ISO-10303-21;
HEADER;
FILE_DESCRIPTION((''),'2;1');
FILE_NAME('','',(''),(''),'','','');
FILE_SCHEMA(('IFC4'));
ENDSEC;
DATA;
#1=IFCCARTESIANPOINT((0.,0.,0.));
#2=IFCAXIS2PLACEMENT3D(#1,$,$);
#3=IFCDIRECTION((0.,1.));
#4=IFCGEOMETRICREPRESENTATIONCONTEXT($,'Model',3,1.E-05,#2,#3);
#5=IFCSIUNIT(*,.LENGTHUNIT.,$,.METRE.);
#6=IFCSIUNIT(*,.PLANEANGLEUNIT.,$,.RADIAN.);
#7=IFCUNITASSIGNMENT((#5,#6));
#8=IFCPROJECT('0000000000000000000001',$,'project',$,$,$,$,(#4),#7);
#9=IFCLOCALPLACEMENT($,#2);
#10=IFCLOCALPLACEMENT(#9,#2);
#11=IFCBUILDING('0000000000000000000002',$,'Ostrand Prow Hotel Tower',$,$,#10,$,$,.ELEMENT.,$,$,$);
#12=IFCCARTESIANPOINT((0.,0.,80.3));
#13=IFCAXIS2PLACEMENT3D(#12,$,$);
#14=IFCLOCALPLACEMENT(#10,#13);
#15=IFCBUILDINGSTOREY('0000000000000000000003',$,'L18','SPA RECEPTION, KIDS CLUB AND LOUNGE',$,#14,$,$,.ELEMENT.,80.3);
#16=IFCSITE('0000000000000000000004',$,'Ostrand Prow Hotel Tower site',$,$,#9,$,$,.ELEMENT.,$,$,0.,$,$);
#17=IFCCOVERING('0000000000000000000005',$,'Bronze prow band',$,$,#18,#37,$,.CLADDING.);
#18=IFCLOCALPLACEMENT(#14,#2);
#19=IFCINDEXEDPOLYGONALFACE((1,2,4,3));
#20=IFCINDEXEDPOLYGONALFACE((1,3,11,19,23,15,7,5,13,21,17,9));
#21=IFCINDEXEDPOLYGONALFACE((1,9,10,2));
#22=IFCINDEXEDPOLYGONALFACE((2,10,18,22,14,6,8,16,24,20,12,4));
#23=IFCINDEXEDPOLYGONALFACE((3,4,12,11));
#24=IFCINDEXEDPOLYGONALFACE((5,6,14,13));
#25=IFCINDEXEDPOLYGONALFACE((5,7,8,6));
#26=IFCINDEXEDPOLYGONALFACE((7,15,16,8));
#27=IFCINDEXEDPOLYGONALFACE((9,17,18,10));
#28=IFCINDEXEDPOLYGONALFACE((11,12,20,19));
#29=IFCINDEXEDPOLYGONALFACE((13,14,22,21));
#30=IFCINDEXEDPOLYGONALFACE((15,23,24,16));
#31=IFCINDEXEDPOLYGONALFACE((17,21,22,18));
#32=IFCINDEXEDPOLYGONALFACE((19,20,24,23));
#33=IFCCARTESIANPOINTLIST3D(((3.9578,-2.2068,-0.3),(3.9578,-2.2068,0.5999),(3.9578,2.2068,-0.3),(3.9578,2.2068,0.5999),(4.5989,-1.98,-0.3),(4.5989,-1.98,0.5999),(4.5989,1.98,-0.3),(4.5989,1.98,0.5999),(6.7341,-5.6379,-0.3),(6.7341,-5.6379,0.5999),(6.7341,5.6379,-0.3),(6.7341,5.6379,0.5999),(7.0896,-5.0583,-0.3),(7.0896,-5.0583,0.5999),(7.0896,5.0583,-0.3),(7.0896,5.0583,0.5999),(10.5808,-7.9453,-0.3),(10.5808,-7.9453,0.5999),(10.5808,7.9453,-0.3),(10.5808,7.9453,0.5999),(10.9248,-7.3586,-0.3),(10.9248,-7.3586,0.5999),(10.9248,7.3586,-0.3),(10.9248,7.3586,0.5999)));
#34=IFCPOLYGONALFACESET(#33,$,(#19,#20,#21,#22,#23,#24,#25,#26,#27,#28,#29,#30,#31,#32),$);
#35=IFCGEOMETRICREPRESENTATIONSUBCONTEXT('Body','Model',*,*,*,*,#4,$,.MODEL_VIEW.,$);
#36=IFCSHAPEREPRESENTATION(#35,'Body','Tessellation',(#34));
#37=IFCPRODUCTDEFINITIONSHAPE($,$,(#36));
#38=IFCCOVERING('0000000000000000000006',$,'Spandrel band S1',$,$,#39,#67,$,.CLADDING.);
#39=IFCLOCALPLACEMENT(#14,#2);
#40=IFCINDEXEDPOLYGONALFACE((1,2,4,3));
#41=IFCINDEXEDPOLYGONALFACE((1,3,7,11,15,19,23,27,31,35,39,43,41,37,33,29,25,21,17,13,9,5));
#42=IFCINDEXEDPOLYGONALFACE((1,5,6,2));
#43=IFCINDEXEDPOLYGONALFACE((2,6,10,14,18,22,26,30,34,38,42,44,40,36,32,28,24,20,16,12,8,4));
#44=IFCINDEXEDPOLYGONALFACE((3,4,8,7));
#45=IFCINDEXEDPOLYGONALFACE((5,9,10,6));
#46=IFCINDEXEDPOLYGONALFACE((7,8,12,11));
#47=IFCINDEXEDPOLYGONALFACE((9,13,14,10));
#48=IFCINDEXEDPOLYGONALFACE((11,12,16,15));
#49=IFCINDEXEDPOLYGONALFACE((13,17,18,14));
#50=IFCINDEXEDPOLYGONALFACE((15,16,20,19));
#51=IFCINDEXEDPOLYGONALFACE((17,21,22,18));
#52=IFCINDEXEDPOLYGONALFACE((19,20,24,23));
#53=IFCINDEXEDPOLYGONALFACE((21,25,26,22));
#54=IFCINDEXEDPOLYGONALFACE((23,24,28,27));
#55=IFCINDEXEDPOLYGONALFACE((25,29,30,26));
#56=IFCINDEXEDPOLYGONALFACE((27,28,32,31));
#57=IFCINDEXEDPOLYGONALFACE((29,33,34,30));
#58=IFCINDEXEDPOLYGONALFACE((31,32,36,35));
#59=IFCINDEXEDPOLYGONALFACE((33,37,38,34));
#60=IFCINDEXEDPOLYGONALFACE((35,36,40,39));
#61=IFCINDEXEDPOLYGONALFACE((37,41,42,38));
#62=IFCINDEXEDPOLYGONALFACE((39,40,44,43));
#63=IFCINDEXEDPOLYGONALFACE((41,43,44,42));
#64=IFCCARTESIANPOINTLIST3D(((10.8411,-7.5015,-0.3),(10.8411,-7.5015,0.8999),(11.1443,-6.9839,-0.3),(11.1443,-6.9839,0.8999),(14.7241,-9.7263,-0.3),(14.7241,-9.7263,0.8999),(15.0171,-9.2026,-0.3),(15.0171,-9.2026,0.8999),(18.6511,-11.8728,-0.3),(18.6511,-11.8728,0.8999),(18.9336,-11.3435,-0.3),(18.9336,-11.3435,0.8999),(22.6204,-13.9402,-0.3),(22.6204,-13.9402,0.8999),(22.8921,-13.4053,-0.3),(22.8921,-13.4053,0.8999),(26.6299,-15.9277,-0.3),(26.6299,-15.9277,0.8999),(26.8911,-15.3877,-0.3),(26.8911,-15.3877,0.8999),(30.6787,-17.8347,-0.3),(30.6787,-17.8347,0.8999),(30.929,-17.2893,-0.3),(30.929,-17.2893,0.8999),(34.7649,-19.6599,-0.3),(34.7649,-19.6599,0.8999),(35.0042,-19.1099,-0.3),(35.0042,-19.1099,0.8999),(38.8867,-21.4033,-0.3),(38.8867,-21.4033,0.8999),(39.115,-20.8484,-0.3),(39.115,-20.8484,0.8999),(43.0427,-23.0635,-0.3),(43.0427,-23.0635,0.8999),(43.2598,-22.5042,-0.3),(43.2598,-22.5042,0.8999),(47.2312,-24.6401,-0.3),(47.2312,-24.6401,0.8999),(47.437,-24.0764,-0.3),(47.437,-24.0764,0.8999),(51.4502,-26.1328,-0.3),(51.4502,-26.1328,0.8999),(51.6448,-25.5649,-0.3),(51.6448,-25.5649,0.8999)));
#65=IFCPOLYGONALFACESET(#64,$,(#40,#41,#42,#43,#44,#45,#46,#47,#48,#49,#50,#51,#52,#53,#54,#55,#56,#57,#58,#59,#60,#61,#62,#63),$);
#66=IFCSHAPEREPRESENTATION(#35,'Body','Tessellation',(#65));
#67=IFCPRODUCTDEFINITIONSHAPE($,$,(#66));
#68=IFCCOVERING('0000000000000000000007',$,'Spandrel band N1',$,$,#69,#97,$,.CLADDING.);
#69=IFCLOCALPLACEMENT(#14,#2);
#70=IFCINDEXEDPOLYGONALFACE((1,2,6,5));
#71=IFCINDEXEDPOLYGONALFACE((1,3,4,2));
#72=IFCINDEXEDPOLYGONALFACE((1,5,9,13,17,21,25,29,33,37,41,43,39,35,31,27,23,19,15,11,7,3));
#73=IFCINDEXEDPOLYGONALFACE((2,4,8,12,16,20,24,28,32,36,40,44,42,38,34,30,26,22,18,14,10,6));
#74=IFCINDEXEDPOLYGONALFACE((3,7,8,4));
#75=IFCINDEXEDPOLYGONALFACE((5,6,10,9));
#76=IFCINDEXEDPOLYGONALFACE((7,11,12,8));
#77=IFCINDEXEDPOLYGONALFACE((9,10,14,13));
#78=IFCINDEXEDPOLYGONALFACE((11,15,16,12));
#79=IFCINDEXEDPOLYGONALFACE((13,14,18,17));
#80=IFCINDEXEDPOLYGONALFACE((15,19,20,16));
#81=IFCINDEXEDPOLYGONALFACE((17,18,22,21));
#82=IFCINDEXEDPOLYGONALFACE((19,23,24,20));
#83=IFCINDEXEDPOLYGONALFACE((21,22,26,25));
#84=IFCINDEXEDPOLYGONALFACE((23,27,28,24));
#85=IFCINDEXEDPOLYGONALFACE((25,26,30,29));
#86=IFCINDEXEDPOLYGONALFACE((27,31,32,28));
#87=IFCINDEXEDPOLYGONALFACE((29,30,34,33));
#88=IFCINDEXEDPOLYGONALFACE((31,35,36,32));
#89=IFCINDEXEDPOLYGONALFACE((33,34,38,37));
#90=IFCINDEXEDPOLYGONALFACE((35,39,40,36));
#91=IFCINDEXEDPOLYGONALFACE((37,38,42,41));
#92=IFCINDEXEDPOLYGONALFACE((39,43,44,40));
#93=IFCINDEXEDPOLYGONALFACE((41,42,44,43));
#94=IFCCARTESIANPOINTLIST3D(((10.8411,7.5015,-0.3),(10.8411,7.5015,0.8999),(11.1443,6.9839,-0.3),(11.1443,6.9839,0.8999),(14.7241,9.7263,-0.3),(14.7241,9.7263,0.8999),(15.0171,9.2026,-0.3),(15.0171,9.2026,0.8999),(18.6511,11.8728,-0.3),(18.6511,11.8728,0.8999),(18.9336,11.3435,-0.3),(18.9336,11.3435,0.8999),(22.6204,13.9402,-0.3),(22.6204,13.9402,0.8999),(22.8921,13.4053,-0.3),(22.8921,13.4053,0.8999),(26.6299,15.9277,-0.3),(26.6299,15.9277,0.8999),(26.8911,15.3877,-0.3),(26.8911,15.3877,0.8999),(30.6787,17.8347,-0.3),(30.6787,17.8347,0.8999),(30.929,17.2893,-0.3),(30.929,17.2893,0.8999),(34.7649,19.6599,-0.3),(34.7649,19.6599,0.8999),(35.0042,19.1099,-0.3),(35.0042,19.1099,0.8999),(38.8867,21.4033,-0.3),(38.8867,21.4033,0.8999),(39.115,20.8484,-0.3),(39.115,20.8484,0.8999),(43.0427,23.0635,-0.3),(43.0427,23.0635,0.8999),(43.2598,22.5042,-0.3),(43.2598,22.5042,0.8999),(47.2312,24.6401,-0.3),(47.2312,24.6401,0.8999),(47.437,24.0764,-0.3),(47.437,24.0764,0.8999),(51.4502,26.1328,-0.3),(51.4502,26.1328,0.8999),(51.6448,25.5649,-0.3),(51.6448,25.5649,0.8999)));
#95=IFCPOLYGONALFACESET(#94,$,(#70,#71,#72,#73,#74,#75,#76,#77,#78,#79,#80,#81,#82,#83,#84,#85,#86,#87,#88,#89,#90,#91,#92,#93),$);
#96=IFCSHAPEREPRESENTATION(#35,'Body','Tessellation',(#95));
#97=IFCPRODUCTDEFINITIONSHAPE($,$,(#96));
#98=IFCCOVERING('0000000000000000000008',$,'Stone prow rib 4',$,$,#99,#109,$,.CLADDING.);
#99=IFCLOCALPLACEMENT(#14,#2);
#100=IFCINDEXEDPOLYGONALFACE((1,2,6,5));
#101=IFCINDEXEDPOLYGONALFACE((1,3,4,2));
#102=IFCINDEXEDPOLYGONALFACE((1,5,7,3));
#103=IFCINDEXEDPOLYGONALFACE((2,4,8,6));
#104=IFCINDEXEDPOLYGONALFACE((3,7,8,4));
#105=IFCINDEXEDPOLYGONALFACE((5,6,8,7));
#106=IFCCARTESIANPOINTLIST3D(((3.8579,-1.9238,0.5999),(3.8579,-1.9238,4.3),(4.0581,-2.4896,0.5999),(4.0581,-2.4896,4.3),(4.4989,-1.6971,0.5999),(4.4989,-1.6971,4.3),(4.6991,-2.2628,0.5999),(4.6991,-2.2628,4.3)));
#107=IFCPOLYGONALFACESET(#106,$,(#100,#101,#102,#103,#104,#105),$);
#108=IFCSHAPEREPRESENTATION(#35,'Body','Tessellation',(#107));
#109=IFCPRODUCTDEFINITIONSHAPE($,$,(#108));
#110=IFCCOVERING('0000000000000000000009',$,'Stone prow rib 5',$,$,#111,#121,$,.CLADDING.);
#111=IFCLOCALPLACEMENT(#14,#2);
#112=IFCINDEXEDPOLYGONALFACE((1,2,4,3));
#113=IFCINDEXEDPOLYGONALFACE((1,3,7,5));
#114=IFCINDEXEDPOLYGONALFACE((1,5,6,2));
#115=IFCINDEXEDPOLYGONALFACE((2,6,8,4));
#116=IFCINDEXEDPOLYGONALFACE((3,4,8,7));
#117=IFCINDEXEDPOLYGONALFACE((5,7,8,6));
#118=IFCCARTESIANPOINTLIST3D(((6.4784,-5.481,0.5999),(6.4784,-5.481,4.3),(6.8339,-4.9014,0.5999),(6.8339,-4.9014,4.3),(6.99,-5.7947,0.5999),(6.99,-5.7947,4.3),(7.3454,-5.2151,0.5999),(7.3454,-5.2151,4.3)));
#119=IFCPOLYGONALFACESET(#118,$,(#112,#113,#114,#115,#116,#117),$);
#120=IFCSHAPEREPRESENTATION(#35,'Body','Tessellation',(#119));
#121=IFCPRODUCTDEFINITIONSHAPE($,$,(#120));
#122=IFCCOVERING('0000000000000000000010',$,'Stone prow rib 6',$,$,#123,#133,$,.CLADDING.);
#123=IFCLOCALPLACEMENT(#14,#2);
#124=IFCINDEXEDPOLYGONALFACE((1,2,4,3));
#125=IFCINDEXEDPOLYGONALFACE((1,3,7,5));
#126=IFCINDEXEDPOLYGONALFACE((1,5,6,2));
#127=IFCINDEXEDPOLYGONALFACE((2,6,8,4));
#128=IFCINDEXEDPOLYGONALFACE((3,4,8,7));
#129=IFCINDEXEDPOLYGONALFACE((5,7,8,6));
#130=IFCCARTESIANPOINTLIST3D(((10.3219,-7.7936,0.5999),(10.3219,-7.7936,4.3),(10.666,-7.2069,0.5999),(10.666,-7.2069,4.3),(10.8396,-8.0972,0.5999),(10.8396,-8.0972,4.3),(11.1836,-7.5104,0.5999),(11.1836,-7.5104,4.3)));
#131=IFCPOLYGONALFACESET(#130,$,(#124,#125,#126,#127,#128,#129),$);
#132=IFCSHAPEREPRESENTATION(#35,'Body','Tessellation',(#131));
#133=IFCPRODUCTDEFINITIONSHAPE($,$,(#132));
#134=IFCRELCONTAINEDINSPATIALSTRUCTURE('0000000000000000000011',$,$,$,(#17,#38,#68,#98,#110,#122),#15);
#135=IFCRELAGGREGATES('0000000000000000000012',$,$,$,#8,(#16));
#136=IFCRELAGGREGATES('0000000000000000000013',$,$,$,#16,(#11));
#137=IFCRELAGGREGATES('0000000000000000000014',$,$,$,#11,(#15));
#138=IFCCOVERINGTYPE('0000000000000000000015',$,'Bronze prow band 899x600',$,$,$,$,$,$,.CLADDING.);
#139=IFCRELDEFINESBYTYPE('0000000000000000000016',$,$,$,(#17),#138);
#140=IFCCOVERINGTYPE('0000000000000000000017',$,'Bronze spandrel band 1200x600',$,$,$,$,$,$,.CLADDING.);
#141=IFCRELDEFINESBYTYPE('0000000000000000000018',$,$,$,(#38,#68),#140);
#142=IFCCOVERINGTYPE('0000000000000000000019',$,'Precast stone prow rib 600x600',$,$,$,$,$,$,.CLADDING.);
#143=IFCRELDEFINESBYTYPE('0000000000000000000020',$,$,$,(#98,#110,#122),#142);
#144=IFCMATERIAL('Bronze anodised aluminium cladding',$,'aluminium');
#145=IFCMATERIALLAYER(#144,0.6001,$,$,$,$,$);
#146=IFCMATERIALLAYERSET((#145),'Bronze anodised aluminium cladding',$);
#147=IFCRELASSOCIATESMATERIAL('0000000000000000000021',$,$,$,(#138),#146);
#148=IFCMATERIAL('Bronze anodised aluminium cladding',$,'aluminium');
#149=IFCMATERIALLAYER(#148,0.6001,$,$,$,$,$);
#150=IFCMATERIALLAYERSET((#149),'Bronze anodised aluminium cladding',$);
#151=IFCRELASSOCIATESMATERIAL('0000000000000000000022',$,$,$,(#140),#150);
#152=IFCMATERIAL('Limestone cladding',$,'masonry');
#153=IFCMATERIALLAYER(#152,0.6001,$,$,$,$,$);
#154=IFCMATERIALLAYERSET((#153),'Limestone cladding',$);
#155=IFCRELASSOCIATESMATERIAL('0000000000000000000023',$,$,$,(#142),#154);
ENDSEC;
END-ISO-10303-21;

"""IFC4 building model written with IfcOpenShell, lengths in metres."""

from ifc_helpers import new_model, si_unit, direction, frame, frame_2d, origin, place, context, subcontext, project, spatial, polyline, rectangle, outline, extrude, material, layer, layer_set, type_object, element, save


model = new_model("IFC4")

# Units and contexts
model_context = context("Model", 3, precision=1e-05, world=origin(), true_north=direction((0.0, 1.0)))
body_context = subcontext(model_context, "Body", "Model", "MODEL_VIEW")
ifc_project = project(units=[si_unit("LENGTHUNIT", "METRE"), si_unit("PLANEANGLEUNIT", "RADIAN")], contexts=[model_context])

# Site, building, storey
site_placement = place(None, origin())
site = spatial("IfcSite", under=ifc_project, at=site_placement, Name="Ostrand Prow Hotel Tower site", CompositionType="ELEMENT", RefElevation=0.0)
building_placement = place(site_placement, origin())
building = spatial("IfcBuilding", under=site, at=building_placement, Name="Ostrand Prow Hotel Tower", CompositionType="ELEMENT")
storey_placement = place(building_placement, frame((0.0, 0.0, 80.3)))
storey = spatial("IfcBuildingStorey", under=building, at=storey_placement, Name="L18", Description="SPA RECEPTION, KIDS CLUB AND LOUNGE", CompositionType="ELEMENT", Elevation=80.3)

# Coverings
ifc_material_1 = material(Name="Bronze anodised aluminium cladding", Category="aluminium")
ifc_layer_1 = layer(ifc_material_1, 0.6001)
ifc_layer_set_1 = layer_set([ifc_layer_1], Name="Bronze anodised aluminium cladding")
covering_type_1 = type_object("IfcCoveringType", Name="Bronze prow band 899x600", PredefinedType="CLADDING", material=ifc_layer_set_1)
covering_1_placement = place(storey_placement, frame((0.0, 0.0, -0.3)))
element("IfcCovering", 1, at=covering_1_placement, inside=storey, type_object=covering_type_1, Name="Bronze prow band", PredefinedType="CLADDING", context=body_context, shape_type="SweptSolid", body=[
    extrude(outline(polyline([(10.5808, 7.9453), (6.7341, 5.6379), (3.9578, 2.2068), (3.9578, -2.2068), (6.7341, -5.6379), (10.5808, -7.9453), (10.9248, -7.3586), (7.0896, -5.0583), (4.5989, -1.98), (4.5989, 1.98), (7.0896, 5.0583), (10.9248, 7.3586), (10.5808, 7.9453)])), origin(), (0.0, 0.0, 1.0), 0.8999),
])
ifc_material_2 = material(Name="Bronze anodised aluminium cladding", Category="aluminium")
ifc_layer_2 = layer(ifc_material_2, 0.6001)
ifc_layer_set_2 = layer_set([ifc_layer_2], Name="Bronze anodised aluminium cladding")
covering_type_2 = type_object("IfcCoveringType", Name="Bronze spandrel band 1200x600", PredefinedType="CLADDING", material=ifc_layer_set_2)
covering_2_placement = place(storey_placement, frame((0.0, 0.0, -0.3)))
element("IfcCovering", 2, at=covering_2_placement, inside=storey, type_object=covering_type_2, Name="Spandrel band S1", PredefinedType="CLADDING", context=body_context, shape_type="SweptSolid", body=[
    extrude(outline(polyline([(10.8411, -7.5015), (14.7241, -9.7263), (18.6511, -11.8728), (22.6204, -13.9402), (26.6299, -15.9277), (30.6787, -17.8347), (34.7649, -19.6599), (38.8867, -21.4033), (43.0427, -23.0635), (47.2312, -24.6401), (51.4502, -26.1328), (51.6448, -25.5649), (47.437, -24.0764), (43.2598, -22.5042), (39.115, -20.8484), (35.0042, -19.1099), (30.929, -17.2893), (26.8911, -15.3877), (22.8921, -13.4053), (18.9336, -11.3435), (15.0171, -9.2026), (11.1443, -6.9839), (10.8411, -7.5015)])), origin(), (0.0, 0.0, 1.0), 1.2),
])
covering_3_placement = place(storey_placement, frame((0.0, 0.0, -0.3)))
element("IfcCovering", 3, at=covering_3_placement, inside=storey, type_object=covering_type_2, Name="Spandrel band N1", PredefinedType="CLADDING", context=body_context, shape_type="SweptSolid", body=[
    extrude(outline(polyline([(51.4502, 26.1328), (47.2312, 24.6401), (43.0427, 23.0635), (38.8867, 21.4033), (34.7649, 19.6599), (30.6787, 17.8347), (26.6299, 15.9277), (22.6204, 13.9402), (18.6511, 11.8728), (14.7241, 9.7263), (10.8411, 7.5015), (11.1443, 6.9839), (15.0171, 9.2026), (18.9336, 11.3435), (22.8921, 13.4053), (26.8911, 15.3877), (30.929, 17.2893), (35.0042, 19.1099), (39.115, 20.8484), (43.2598, 22.5042), (47.437, 24.0764), (51.6448, 25.5649), (51.4502, 26.1328)])), origin(), (0.0, 0.0, 1.0), 1.2),
])
ifc_material_3 = material(Name="Limestone cladding", Category="masonry")
ifc_layer_3 = layer(ifc_material_3, 0.6001)
ifc_layer_set_3 = layer_set([ifc_layer_3], Name="Limestone cladding")
covering_type_3 = type_object("IfcCoveringType", Name="Precast stone prow rib 600x600", PredefinedType="CLADDING", material=ifc_layer_set_3)
for number, where, z_axis, x_axis, name in (
    (4, (4.5989, -1.98, 0.5999), (0.0, 0.0, 1.0), (-0.942745, -0.333515, 0.0), "Stone prow rib 4"),
    (5, (7.0896, -5.0583, 0.5999), (0.0, 0.0, 1.0), (-0.522815, -0.852446, 0.0), "Stone prow rib 5"),
):
    element("IfcCovering", number, at=place(storey_placement, frame(where, z_axis=z_axis, x_axis=x_axis)), inside=storey, type_object=covering_type_3, Name=name, PredefinedType="CLADDING", context=body_context, shape_type="SweptSolid", body=[
        extrude(rectangle(XDim=0.6799, YDim=0.6001, at=frame_2d((0.3398, 0.0))), origin(), (0.0, 0.0, 1.0), 3.7002),
    ])
covering_4_placement = place(storey_placement, frame((10.9248, -7.3586, 0.5999), z_axis=(0.0, 0.0, 1.0), x_axis=(-0.505812, -0.862644, 0.0)))
element("IfcCovering", 6, at=covering_4_placement, inside=storey, type_object=covering_type_3, Name="Stone prow rib 6", PredefinedType="CLADDING", context=body_context, shape_type="SweptSolid", body=[
    extrude(rectangle(XDim=0.6802, YDim=0.6001, at=frame_2d((0.3401, 0.0))), origin(), (0.0, 0.0, 1.0), 3.7002),
])

save(model, "model.ifc")
